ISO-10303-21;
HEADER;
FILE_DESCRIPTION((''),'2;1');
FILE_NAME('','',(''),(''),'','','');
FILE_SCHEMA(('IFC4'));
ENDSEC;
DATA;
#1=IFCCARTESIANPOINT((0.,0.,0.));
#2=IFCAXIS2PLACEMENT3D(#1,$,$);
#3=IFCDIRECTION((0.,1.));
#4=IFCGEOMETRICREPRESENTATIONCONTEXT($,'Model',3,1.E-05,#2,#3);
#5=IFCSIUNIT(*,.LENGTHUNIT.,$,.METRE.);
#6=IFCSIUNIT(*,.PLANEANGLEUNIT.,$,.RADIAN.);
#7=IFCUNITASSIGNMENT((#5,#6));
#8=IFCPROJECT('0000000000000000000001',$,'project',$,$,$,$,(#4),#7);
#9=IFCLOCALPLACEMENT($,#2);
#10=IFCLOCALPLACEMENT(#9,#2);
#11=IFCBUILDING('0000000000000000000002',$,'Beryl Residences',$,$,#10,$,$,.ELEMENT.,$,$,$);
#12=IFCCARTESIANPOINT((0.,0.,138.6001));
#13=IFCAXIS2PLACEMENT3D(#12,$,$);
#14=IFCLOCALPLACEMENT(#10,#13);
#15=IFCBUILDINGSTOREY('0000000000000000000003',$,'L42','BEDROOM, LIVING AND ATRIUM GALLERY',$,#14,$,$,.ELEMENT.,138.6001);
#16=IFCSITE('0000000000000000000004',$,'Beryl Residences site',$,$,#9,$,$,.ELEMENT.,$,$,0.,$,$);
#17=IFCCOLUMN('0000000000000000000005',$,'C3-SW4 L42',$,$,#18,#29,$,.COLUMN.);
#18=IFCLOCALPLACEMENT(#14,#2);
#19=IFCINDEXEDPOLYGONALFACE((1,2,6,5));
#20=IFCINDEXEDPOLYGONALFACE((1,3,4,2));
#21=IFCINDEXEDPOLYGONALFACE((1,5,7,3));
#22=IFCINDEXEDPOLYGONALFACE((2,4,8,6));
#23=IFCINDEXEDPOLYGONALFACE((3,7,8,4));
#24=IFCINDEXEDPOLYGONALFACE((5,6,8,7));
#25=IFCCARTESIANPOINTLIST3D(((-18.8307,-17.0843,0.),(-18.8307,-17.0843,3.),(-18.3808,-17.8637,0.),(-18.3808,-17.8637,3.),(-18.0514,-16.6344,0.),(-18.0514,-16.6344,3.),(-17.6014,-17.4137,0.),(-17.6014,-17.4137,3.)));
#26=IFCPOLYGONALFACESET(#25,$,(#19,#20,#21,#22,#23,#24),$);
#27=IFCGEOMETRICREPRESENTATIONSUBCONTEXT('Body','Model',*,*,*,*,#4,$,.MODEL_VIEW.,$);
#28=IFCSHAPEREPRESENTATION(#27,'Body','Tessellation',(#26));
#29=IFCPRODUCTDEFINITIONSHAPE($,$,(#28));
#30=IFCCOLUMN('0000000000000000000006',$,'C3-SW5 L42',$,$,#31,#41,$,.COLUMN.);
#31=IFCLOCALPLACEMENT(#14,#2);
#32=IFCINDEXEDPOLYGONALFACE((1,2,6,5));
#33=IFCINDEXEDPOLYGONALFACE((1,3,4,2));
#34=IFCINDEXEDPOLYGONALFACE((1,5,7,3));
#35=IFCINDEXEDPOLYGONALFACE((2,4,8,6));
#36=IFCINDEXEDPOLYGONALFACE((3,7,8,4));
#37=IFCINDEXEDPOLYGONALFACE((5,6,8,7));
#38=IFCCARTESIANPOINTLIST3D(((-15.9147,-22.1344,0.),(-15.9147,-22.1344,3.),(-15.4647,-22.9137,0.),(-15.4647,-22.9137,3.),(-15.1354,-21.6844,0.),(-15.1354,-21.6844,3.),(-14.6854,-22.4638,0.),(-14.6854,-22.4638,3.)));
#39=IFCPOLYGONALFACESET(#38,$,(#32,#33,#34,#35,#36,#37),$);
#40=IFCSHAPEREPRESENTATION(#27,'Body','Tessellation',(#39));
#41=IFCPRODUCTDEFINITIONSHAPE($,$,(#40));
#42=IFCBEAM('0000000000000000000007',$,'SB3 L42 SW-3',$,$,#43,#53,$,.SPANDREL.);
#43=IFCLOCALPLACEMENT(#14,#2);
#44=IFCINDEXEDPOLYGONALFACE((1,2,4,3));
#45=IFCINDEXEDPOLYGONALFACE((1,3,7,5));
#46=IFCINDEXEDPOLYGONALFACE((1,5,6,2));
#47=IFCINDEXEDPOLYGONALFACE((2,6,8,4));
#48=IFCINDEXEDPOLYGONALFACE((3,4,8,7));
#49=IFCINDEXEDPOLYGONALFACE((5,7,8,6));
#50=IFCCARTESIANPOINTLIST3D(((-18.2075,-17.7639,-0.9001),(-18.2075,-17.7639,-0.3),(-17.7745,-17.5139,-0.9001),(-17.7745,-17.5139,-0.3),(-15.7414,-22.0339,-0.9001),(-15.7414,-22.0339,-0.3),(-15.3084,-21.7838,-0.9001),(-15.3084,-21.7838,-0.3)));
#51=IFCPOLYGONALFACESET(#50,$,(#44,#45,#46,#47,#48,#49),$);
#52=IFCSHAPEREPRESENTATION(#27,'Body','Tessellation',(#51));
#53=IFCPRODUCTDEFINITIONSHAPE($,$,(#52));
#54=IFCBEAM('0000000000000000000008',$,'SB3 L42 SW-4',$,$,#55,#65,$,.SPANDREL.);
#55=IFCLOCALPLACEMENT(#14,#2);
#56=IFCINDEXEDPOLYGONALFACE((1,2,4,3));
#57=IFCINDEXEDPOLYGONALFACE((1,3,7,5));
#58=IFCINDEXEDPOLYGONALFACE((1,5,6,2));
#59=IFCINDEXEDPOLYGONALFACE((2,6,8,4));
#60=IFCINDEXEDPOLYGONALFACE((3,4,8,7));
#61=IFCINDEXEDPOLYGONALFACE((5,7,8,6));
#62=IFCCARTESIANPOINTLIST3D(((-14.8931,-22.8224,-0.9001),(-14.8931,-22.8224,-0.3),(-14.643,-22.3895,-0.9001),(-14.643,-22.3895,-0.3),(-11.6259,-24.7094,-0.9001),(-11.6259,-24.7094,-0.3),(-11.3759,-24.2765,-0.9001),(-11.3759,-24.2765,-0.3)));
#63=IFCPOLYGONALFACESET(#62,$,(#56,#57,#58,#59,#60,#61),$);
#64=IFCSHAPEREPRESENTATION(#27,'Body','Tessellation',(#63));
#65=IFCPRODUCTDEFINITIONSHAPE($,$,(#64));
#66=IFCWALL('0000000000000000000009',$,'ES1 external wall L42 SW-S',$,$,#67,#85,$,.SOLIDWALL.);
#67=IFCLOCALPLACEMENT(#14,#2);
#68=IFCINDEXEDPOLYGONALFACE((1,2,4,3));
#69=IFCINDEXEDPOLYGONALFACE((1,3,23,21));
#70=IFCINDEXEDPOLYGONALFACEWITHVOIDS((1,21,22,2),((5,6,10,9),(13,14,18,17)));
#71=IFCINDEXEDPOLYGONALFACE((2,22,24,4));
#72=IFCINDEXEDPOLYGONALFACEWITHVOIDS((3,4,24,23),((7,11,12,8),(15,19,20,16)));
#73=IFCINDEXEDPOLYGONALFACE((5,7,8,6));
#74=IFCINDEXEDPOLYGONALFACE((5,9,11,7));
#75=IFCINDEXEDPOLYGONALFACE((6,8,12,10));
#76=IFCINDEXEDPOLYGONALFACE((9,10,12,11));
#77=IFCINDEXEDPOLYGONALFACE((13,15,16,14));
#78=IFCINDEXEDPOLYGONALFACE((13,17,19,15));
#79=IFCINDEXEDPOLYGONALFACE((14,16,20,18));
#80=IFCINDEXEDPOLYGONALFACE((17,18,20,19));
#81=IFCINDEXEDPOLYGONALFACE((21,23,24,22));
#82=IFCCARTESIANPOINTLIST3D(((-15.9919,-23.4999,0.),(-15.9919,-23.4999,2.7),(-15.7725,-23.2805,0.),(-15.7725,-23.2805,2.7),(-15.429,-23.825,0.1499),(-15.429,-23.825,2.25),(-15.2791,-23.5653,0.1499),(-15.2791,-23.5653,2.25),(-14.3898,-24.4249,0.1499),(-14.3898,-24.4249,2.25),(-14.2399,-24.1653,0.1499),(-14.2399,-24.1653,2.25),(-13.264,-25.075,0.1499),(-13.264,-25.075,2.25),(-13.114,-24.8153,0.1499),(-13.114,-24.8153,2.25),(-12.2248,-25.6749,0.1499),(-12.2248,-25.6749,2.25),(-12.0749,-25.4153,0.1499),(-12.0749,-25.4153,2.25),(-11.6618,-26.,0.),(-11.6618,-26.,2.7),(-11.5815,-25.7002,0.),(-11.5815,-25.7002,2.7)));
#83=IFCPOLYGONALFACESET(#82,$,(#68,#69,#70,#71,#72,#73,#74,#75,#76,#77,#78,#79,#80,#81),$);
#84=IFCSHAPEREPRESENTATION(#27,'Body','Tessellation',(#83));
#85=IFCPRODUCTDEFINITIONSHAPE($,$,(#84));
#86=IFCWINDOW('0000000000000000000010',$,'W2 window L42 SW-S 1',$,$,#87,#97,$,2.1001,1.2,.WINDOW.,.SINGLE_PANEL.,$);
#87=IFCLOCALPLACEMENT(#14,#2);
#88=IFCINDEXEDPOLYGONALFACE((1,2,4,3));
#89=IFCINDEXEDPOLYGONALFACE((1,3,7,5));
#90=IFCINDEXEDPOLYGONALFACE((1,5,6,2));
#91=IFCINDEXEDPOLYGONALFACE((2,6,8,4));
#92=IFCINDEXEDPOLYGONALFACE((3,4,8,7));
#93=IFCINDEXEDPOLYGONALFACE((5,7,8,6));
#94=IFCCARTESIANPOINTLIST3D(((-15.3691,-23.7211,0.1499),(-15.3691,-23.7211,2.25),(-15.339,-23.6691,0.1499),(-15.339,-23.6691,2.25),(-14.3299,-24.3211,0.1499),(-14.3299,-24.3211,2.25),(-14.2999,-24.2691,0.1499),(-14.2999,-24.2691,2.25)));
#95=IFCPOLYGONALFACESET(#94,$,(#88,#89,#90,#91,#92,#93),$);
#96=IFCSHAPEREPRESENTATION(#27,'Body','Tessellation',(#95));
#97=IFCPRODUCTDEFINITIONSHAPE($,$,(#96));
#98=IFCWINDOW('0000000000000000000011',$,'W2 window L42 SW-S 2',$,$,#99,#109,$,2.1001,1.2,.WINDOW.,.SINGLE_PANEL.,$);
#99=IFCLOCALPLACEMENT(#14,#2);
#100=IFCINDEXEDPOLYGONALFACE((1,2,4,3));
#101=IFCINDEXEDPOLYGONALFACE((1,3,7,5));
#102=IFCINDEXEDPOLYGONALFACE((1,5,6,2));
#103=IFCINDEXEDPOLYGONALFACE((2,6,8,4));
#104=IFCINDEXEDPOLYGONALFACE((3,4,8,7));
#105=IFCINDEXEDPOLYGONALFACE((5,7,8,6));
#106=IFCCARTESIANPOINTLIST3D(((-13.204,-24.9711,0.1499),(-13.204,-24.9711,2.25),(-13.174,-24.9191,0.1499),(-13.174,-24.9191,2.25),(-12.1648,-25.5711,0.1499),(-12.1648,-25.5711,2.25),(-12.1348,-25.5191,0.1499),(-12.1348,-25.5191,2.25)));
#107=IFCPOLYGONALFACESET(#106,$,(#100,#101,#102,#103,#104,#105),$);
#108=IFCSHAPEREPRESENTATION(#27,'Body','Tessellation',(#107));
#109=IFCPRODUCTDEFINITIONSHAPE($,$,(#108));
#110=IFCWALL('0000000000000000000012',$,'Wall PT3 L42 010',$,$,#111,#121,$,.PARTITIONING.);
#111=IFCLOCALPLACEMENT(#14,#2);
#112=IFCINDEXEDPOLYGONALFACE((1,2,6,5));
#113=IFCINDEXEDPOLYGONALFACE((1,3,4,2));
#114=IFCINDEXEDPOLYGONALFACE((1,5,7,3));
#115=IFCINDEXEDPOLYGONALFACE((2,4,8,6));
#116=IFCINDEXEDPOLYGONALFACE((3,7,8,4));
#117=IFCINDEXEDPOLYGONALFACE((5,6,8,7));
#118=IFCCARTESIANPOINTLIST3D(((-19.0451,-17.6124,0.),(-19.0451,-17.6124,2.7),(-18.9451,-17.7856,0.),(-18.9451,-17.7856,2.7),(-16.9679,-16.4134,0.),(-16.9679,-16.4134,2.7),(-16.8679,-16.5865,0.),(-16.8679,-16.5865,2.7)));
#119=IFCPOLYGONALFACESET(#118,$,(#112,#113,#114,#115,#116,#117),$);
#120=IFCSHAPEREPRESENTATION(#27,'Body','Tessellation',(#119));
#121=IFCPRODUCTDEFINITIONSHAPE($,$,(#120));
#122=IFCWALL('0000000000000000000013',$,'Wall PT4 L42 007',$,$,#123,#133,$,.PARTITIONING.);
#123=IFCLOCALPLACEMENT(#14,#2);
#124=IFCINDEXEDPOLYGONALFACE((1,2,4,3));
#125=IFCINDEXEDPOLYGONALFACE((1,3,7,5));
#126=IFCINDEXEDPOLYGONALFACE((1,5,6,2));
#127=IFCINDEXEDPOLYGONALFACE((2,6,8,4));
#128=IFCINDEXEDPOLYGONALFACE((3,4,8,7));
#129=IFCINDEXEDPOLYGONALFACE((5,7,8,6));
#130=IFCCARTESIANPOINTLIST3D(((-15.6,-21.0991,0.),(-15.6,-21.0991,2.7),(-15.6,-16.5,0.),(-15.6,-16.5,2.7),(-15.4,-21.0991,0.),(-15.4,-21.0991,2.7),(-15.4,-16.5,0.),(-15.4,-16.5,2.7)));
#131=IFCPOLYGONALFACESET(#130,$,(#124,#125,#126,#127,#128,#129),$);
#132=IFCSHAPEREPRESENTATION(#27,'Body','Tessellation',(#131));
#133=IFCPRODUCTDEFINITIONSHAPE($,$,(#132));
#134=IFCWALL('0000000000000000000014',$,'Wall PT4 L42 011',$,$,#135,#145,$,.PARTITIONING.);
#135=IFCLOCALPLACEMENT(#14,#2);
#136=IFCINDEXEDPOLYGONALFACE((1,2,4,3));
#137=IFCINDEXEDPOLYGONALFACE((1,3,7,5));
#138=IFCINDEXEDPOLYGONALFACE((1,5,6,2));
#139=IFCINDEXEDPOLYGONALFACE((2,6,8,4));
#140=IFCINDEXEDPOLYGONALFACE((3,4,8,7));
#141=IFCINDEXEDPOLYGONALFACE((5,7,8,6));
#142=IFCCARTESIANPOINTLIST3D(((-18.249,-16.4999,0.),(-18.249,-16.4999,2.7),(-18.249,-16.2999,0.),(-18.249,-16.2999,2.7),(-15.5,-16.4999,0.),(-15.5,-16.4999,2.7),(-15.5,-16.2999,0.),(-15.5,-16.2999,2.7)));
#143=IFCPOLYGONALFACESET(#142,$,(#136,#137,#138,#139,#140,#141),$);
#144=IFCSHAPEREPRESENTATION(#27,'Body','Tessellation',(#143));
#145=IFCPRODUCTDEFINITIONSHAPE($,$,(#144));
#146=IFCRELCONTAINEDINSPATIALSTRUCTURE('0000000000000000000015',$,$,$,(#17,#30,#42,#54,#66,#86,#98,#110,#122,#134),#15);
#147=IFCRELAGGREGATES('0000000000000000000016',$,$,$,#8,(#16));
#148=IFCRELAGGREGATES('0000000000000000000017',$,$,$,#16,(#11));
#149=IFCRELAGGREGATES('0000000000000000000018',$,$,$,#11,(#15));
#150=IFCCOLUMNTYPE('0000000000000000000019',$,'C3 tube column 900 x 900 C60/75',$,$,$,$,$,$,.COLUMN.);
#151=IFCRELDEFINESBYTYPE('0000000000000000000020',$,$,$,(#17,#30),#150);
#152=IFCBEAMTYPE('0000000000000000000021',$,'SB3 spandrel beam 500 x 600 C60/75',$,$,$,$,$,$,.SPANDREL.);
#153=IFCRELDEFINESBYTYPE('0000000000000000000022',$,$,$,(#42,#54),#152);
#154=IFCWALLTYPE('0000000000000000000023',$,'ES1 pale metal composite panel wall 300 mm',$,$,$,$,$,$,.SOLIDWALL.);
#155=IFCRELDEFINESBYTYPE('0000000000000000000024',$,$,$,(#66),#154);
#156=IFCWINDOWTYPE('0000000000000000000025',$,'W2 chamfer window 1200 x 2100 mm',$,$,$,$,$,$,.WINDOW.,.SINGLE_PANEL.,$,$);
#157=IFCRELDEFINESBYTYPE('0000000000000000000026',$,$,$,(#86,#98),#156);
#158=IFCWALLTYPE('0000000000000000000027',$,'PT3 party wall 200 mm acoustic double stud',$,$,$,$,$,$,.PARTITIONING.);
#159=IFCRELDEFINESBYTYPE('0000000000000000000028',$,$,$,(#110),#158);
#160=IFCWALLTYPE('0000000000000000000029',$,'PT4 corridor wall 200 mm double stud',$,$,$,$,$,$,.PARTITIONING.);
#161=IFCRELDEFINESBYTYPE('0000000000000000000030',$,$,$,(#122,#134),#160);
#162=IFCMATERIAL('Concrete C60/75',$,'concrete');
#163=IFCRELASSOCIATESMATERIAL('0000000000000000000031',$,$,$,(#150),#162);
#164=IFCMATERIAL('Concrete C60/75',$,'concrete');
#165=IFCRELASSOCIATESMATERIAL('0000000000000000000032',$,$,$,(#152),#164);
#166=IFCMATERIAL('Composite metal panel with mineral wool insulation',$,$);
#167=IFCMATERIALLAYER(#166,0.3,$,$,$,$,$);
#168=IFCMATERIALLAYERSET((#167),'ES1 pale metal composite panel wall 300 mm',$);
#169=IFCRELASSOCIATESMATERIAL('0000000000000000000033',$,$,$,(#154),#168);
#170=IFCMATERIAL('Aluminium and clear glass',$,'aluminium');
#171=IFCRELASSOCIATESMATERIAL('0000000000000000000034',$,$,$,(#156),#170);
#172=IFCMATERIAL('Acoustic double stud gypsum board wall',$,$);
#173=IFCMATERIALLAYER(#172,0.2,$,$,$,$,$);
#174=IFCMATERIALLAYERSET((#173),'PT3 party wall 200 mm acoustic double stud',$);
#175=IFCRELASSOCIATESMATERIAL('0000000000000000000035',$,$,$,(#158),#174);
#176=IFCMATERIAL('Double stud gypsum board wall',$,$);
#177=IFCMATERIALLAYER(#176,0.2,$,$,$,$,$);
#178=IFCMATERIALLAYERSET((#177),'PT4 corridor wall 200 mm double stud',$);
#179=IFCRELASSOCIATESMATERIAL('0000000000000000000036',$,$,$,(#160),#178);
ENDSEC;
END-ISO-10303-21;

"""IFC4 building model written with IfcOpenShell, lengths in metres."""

from ifc_helpers import new_model, si_unit, direction, frame, frame_2d, origin, origin_2d, place, context, subcontext, project, spatial, polyline, rectangle, outline, extrude, material, layer, layer_set, material_profile, profile_set, type_object, element, fill, save


model = new_model("IFC4")

# Units and contexts
model_context = context("Model", 3, precision=1e-05, world=origin(), true_north=direction((0.0, 1.0)))
body_context = subcontext(model_context, "Body", "Model", "MODEL_VIEW")
ifc_project = project(units=[si_unit("LENGTHUNIT", "METRE"), si_unit("PLANEANGLEUNIT", "RADIAN")], contexts=[model_context])

# Site, building, storey
site_placement = place(None, origin())
site = spatial("IfcSite", under=ifc_project, at=site_placement, Name="Beryl Residences site", CompositionType="ELEMENT", RefElevation=0.0)
building_placement = place(site_placement, origin())
building = spatial("IfcBuilding", under=site, at=building_placement, Name="Beryl Residences", CompositionType="ELEMENT")
storey_placement = place(building_placement, frame((0.0, 0.0, 138.6001)))
storey = spatial("IfcBuildingStorey", under=building, at=storey_placement, Name="L42", Description="BEDROOM, LIVING AND ATRIUM GALLERY", CompositionType="ELEMENT", Elevation=138.6001)

# Columns
ifc_material_1 = material(Name="Concrete C60/75", Category="concrete")
ifc_material_profile_1 = material_profile(ifc_material_1, rectangle(XDim=0.8999, YDim=0.8999, at=origin_2d()))
ifc_profile_set_1 = profile_set([ifc_material_profile_1], Name="Concrete C60/75")
column_type = type_object("IfcColumnType", Name="C3 tube column 900 x 900 C60/75", PredefinedType="COLUMN", material=ifc_profile_set_1)
for number, where, z_axis, x_axis, name in (
    (1, (-18.2161, -17.249, 0.0), (0.0, 0.0, 1.0), (0.5, -0.866025, 0.0), "C3-SW4 L42"),
    (2, (-15.3, -22.2991, 0.0), (0.0, 0.0, 1.0), (0.5, -0.866025, 0.0), "C3-SW5 L42"),
):
    element("IfcColumn", number, at=place(storey_placement, frame(where, z_axis=z_axis, x_axis=x_axis)), inside=storey, type_object=column_type, Name=name, PredefinedType="COLUMN", context=body_context, shape_type="SweptSolid", body=[
        extrude(rectangle(XDim=0.8999, YDim=0.8999, at=origin_2d()), origin(), (0.0, 0.0, 1.0), 3.0),
    ])

# Beams
ifc_material_2 = material(Name="Concrete C60/75", Category="concrete")
ifc_material_profile_2 = material_profile(ifc_material_2, rectangle(XDim=0.5, YDim=0.6001, at=origin_2d()))
ifc_profile_set_2 = profile_set([ifc_material_profile_2], Name="Concrete C60/75")
beam_type = type_object("IfcBeamType", Name="SB3 spandrel beam 500 x 600 C60/75", PredefinedType="SPANDREL", material=ifc_profile_set_2)
beam_1_placement = place(storey_placement, frame((-17.991, -17.6389, -0.6001), z_axis=(0.500117, -0.865958, 0.0), x_axis=(0.865958, 0.500117, 0.0)))
element("IfcBeam", 3, at=beam_1_placement, inside=storey, type_object=beam_type, Name="SB3 L42 SW-3", PredefinedType="SPANDREL", context=body_context, shape_type="SweptSolid", body=[
    extrude(rectangle(XDim=0.5, YDim=0.6001, at=origin_2d()), origin(), (0.0, 0.0, 1.0), 4.9309),
])
beam_2_placement = place(storey_placement, frame((-14.7681, -22.606, -0.6001), z_axis=(0.865944, -0.500141, 0.0), x_axis=(0.500141, 0.865944, 0.0)))
element("IfcBeam", 4, at=beam_2_placement, inside=storey, type_object=beam_type, Name="SB3 L42 SW-4", PredefinedType="SPANDREL", context=body_context, shape_type="SweptSolid", body=[
    extrude(rectangle(XDim=0.5, YDim=0.6001, at=origin_2d()), origin(), (0.0, 0.0, 1.0), 3.7729),
])

# Wall, openings, windows
ifc_material_3 = material(Name="Composite metal panel with mineral wool insulation")
ifc_layer_1 = layer(ifc_material_3, 0.3)
ifc_layer_set_1 = layer_set([ifc_layer_1], Name="ES1 pale metal composite panel wall 300 mm")
wall_type_1 = type_object("IfcWallType", Name="ES1 pale metal composite panel wall 300 mm", PredefinedType="SOLIDWALL", material=ifc_layer_set_1)
wall_1_placement = place(storey_placement, frame((-15.917, -23.3701, 0.0), z_axis=(0.0, 0.0, 1.0), x_axis=(0.866023, -0.500004, 0.0)))
wall_1 = element("IfcWall", 5, at=wall_1_placement, inside=storey, type_object=wall_type_1, Name="ES1 external wall L42 SW-S", PredefinedType="SOLIDWALL", context=body_context, shape_type="SweptSolid", body=[
    extrude(outline(polyline([(0.0, -0.1499), (5.0, -0.1499), (4.9197, 0.1499), (0.0803, 0.1499), (0.0, -0.1499)])), origin(), (0.0, 0.0, 1.0), 2.7),
])
opening_1_placement = place(wall_1_placement, frame((0.6499, 0.0, 0.1499)))
opening_1 = element("IfcOpeningElement", 6, at=opening_1_placement, cuts=wall_1, PredefinedType="OPENING", context=body_context, shape_type="SweptSolid", body=[
    extrude(rectangle(XDim=1.2, YDim=2.1001, at=frame_2d((0.6001, 1.05))), frame((0.0, 0.1599, 0.0), z_axis=(0.0, -1.0, 0.0), x_axis=(1.0, 0.0, 0.0)), (0.0, 0.0, 1.0), 0.3201),
])
opening_2_placement = place(wall_1_placement, frame((3.1499, 0.0, 0.1499)))
opening_2 = element("IfcOpeningElement", 7, at=opening_2_placement, cuts=wall_1, PredefinedType="OPENING", context=body_context, shape_type="SweptSolid", body=[
    extrude(rectangle(XDim=1.2, YDim=2.1001, at=frame_2d((0.6001, 1.05))), frame((0.0, 0.1599, 0.0), z_axis=(0.0, -1.0, 0.0), x_axis=(1.0, 0.0, 0.0)), (0.0, 0.0, 1.0), 0.3201),
])
ifc_material_4 = material(Name="Aluminium and clear glass", Category="aluminium")
window_type = type_object("IfcWindowType", Name="W2 chamfer window 1200 x 2100 mm", PartitioningType="SINGLE_PANEL", PredefinedType="WINDOW", material=ifc_material_4)
window_1_placement = place(opening_1_placement, origin())
window_1 = element("IfcWindow", 8, at=window_1_placement, inside=storey, type_object=window_type, Name="W2 window L42 SW-S 1", OverallHeight=2.1001, OverallWidth=1.2, PartitioningType="SINGLE_PANEL", PredefinedType="WINDOW", context=body_context, shape_type="SweptSolid", body=[
    extrude(rectangle(XDim=1.2, YDim=2.1001, at=frame_2d((0.6001, 1.05))), frame((0.0, 0.03, 0.0), z_axis=(0.0, -1.0, 0.0), x_axis=(1.0, 0.0, 0.0)), (0.0, 0.0, 1.0), 0.0601),
])
fill(opening_1, window_1)
window_2_placement = place(opening_2_placement, origin())
window_2 = element("IfcWindow", 9, at=window_2_placement, inside=storey, type_object=window_type, Name="W2 window L42 SW-S 2", OverallHeight=2.1001, OverallWidth=1.2, PartitioningType="SINGLE_PANEL", PredefinedType="WINDOW", context=body_context, shape_type="SweptSolid", body=[
    extrude(rectangle(XDim=1.2, YDim=2.1001, at=frame_2d((0.6001, 1.05))), frame((0.0, 0.03, 0.0), z_axis=(0.0, -1.0, 0.0), x_axis=(1.0, 0.0, 0.0)), (0.0, 0.0, 1.0), 0.0601),
])
fill(opening_2, window_2)

# Walls
ifc_material_5 = material(Name="Acoustic double stud gypsum board wall")
ifc_layer_2 = layer(ifc_material_5, 0.2)
ifc_layer_set_2 = layer_set([ifc_layer_2], Name="PT3 party wall 200 mm acoustic double stud")
wall_type_2 = type_object("IfcWallType", Name="PT3 party wall 200 mm acoustic double stud", PredefinedType="PARTITIONING", material=ifc_layer_set_2)
wall_2_placement = place(storey_placement, frame((-18.9951, -17.699, 0.0), z_axis=(0.0, 0.0, 1.0), x_axis=(0.866074, 0.499916, 0.0)))
element("IfcWall", 10, at=wall_2_placement, inside=storey, type_object=wall_type_2, Name="Wall PT3 L42 010", PredefinedType="PARTITIONING", context=body_context, shape_type="SweptSolid", body=[
    extrude(rectangle(XDim=2.3984, YDim=0.2, at=frame_2d((1.1992, 0.0))), origin(), (0.0, 0.0, 1.0), 2.7),
])
ifc_material_6 = material(Name="Double stud gypsum board wall")
ifc_layer_3 = layer(ifc_material_6, 0.2)
ifc_layer_set_3 = layer_set([ifc_layer_3], Name="PT4 corridor wall 200 mm double stud")
wall_type_3 = type_object("IfcWallType", Name="PT4 corridor wall 200 mm double stud", PredefinedType="PARTITIONING", material=ifc_layer_set_3)
wall_3_placement = place(storey_placement, frame((-15.5, -16.5, 0.0), z_axis=(0.0, 0.0, 1.0), x_axis=(0.0, -1.0, 0.0)))
element("IfcWall", 11, at=wall_3_placement, inside=storey, type_object=wall_type_3, Name="Wall PT4 L42 007", PredefinedType="PARTITIONING", context=body_context, shape_type="SweptSolid", body=[
    extrude(rectangle(XDim=4.5991, YDim=0.2, at=frame_2d((2.2996, 0.0))), origin(), (0.0, 0.0, 1.0), 2.7),
])
wall_4_placement = place(storey_placement, frame((-18.249, -16.3999, 0.0), z_axis=(0.0, 0.0, 1.0), x_axis=(1.0, 0.0, 0.0)))
element("IfcWall", 12, at=wall_4_placement, inside=storey, type_object=wall_type_3, Name="Wall PT4 L42 011", PredefinedType="PARTITIONING", context=body_context, shape_type="SweptSolid", body=[
    extrude(rectangle(XDim=2.749, YDim=0.2, at=frame_2d((1.3745, 0.0))), origin(), (0.0, 0.0, 1.0), 2.7),
])

save(model, "model.ifc")
